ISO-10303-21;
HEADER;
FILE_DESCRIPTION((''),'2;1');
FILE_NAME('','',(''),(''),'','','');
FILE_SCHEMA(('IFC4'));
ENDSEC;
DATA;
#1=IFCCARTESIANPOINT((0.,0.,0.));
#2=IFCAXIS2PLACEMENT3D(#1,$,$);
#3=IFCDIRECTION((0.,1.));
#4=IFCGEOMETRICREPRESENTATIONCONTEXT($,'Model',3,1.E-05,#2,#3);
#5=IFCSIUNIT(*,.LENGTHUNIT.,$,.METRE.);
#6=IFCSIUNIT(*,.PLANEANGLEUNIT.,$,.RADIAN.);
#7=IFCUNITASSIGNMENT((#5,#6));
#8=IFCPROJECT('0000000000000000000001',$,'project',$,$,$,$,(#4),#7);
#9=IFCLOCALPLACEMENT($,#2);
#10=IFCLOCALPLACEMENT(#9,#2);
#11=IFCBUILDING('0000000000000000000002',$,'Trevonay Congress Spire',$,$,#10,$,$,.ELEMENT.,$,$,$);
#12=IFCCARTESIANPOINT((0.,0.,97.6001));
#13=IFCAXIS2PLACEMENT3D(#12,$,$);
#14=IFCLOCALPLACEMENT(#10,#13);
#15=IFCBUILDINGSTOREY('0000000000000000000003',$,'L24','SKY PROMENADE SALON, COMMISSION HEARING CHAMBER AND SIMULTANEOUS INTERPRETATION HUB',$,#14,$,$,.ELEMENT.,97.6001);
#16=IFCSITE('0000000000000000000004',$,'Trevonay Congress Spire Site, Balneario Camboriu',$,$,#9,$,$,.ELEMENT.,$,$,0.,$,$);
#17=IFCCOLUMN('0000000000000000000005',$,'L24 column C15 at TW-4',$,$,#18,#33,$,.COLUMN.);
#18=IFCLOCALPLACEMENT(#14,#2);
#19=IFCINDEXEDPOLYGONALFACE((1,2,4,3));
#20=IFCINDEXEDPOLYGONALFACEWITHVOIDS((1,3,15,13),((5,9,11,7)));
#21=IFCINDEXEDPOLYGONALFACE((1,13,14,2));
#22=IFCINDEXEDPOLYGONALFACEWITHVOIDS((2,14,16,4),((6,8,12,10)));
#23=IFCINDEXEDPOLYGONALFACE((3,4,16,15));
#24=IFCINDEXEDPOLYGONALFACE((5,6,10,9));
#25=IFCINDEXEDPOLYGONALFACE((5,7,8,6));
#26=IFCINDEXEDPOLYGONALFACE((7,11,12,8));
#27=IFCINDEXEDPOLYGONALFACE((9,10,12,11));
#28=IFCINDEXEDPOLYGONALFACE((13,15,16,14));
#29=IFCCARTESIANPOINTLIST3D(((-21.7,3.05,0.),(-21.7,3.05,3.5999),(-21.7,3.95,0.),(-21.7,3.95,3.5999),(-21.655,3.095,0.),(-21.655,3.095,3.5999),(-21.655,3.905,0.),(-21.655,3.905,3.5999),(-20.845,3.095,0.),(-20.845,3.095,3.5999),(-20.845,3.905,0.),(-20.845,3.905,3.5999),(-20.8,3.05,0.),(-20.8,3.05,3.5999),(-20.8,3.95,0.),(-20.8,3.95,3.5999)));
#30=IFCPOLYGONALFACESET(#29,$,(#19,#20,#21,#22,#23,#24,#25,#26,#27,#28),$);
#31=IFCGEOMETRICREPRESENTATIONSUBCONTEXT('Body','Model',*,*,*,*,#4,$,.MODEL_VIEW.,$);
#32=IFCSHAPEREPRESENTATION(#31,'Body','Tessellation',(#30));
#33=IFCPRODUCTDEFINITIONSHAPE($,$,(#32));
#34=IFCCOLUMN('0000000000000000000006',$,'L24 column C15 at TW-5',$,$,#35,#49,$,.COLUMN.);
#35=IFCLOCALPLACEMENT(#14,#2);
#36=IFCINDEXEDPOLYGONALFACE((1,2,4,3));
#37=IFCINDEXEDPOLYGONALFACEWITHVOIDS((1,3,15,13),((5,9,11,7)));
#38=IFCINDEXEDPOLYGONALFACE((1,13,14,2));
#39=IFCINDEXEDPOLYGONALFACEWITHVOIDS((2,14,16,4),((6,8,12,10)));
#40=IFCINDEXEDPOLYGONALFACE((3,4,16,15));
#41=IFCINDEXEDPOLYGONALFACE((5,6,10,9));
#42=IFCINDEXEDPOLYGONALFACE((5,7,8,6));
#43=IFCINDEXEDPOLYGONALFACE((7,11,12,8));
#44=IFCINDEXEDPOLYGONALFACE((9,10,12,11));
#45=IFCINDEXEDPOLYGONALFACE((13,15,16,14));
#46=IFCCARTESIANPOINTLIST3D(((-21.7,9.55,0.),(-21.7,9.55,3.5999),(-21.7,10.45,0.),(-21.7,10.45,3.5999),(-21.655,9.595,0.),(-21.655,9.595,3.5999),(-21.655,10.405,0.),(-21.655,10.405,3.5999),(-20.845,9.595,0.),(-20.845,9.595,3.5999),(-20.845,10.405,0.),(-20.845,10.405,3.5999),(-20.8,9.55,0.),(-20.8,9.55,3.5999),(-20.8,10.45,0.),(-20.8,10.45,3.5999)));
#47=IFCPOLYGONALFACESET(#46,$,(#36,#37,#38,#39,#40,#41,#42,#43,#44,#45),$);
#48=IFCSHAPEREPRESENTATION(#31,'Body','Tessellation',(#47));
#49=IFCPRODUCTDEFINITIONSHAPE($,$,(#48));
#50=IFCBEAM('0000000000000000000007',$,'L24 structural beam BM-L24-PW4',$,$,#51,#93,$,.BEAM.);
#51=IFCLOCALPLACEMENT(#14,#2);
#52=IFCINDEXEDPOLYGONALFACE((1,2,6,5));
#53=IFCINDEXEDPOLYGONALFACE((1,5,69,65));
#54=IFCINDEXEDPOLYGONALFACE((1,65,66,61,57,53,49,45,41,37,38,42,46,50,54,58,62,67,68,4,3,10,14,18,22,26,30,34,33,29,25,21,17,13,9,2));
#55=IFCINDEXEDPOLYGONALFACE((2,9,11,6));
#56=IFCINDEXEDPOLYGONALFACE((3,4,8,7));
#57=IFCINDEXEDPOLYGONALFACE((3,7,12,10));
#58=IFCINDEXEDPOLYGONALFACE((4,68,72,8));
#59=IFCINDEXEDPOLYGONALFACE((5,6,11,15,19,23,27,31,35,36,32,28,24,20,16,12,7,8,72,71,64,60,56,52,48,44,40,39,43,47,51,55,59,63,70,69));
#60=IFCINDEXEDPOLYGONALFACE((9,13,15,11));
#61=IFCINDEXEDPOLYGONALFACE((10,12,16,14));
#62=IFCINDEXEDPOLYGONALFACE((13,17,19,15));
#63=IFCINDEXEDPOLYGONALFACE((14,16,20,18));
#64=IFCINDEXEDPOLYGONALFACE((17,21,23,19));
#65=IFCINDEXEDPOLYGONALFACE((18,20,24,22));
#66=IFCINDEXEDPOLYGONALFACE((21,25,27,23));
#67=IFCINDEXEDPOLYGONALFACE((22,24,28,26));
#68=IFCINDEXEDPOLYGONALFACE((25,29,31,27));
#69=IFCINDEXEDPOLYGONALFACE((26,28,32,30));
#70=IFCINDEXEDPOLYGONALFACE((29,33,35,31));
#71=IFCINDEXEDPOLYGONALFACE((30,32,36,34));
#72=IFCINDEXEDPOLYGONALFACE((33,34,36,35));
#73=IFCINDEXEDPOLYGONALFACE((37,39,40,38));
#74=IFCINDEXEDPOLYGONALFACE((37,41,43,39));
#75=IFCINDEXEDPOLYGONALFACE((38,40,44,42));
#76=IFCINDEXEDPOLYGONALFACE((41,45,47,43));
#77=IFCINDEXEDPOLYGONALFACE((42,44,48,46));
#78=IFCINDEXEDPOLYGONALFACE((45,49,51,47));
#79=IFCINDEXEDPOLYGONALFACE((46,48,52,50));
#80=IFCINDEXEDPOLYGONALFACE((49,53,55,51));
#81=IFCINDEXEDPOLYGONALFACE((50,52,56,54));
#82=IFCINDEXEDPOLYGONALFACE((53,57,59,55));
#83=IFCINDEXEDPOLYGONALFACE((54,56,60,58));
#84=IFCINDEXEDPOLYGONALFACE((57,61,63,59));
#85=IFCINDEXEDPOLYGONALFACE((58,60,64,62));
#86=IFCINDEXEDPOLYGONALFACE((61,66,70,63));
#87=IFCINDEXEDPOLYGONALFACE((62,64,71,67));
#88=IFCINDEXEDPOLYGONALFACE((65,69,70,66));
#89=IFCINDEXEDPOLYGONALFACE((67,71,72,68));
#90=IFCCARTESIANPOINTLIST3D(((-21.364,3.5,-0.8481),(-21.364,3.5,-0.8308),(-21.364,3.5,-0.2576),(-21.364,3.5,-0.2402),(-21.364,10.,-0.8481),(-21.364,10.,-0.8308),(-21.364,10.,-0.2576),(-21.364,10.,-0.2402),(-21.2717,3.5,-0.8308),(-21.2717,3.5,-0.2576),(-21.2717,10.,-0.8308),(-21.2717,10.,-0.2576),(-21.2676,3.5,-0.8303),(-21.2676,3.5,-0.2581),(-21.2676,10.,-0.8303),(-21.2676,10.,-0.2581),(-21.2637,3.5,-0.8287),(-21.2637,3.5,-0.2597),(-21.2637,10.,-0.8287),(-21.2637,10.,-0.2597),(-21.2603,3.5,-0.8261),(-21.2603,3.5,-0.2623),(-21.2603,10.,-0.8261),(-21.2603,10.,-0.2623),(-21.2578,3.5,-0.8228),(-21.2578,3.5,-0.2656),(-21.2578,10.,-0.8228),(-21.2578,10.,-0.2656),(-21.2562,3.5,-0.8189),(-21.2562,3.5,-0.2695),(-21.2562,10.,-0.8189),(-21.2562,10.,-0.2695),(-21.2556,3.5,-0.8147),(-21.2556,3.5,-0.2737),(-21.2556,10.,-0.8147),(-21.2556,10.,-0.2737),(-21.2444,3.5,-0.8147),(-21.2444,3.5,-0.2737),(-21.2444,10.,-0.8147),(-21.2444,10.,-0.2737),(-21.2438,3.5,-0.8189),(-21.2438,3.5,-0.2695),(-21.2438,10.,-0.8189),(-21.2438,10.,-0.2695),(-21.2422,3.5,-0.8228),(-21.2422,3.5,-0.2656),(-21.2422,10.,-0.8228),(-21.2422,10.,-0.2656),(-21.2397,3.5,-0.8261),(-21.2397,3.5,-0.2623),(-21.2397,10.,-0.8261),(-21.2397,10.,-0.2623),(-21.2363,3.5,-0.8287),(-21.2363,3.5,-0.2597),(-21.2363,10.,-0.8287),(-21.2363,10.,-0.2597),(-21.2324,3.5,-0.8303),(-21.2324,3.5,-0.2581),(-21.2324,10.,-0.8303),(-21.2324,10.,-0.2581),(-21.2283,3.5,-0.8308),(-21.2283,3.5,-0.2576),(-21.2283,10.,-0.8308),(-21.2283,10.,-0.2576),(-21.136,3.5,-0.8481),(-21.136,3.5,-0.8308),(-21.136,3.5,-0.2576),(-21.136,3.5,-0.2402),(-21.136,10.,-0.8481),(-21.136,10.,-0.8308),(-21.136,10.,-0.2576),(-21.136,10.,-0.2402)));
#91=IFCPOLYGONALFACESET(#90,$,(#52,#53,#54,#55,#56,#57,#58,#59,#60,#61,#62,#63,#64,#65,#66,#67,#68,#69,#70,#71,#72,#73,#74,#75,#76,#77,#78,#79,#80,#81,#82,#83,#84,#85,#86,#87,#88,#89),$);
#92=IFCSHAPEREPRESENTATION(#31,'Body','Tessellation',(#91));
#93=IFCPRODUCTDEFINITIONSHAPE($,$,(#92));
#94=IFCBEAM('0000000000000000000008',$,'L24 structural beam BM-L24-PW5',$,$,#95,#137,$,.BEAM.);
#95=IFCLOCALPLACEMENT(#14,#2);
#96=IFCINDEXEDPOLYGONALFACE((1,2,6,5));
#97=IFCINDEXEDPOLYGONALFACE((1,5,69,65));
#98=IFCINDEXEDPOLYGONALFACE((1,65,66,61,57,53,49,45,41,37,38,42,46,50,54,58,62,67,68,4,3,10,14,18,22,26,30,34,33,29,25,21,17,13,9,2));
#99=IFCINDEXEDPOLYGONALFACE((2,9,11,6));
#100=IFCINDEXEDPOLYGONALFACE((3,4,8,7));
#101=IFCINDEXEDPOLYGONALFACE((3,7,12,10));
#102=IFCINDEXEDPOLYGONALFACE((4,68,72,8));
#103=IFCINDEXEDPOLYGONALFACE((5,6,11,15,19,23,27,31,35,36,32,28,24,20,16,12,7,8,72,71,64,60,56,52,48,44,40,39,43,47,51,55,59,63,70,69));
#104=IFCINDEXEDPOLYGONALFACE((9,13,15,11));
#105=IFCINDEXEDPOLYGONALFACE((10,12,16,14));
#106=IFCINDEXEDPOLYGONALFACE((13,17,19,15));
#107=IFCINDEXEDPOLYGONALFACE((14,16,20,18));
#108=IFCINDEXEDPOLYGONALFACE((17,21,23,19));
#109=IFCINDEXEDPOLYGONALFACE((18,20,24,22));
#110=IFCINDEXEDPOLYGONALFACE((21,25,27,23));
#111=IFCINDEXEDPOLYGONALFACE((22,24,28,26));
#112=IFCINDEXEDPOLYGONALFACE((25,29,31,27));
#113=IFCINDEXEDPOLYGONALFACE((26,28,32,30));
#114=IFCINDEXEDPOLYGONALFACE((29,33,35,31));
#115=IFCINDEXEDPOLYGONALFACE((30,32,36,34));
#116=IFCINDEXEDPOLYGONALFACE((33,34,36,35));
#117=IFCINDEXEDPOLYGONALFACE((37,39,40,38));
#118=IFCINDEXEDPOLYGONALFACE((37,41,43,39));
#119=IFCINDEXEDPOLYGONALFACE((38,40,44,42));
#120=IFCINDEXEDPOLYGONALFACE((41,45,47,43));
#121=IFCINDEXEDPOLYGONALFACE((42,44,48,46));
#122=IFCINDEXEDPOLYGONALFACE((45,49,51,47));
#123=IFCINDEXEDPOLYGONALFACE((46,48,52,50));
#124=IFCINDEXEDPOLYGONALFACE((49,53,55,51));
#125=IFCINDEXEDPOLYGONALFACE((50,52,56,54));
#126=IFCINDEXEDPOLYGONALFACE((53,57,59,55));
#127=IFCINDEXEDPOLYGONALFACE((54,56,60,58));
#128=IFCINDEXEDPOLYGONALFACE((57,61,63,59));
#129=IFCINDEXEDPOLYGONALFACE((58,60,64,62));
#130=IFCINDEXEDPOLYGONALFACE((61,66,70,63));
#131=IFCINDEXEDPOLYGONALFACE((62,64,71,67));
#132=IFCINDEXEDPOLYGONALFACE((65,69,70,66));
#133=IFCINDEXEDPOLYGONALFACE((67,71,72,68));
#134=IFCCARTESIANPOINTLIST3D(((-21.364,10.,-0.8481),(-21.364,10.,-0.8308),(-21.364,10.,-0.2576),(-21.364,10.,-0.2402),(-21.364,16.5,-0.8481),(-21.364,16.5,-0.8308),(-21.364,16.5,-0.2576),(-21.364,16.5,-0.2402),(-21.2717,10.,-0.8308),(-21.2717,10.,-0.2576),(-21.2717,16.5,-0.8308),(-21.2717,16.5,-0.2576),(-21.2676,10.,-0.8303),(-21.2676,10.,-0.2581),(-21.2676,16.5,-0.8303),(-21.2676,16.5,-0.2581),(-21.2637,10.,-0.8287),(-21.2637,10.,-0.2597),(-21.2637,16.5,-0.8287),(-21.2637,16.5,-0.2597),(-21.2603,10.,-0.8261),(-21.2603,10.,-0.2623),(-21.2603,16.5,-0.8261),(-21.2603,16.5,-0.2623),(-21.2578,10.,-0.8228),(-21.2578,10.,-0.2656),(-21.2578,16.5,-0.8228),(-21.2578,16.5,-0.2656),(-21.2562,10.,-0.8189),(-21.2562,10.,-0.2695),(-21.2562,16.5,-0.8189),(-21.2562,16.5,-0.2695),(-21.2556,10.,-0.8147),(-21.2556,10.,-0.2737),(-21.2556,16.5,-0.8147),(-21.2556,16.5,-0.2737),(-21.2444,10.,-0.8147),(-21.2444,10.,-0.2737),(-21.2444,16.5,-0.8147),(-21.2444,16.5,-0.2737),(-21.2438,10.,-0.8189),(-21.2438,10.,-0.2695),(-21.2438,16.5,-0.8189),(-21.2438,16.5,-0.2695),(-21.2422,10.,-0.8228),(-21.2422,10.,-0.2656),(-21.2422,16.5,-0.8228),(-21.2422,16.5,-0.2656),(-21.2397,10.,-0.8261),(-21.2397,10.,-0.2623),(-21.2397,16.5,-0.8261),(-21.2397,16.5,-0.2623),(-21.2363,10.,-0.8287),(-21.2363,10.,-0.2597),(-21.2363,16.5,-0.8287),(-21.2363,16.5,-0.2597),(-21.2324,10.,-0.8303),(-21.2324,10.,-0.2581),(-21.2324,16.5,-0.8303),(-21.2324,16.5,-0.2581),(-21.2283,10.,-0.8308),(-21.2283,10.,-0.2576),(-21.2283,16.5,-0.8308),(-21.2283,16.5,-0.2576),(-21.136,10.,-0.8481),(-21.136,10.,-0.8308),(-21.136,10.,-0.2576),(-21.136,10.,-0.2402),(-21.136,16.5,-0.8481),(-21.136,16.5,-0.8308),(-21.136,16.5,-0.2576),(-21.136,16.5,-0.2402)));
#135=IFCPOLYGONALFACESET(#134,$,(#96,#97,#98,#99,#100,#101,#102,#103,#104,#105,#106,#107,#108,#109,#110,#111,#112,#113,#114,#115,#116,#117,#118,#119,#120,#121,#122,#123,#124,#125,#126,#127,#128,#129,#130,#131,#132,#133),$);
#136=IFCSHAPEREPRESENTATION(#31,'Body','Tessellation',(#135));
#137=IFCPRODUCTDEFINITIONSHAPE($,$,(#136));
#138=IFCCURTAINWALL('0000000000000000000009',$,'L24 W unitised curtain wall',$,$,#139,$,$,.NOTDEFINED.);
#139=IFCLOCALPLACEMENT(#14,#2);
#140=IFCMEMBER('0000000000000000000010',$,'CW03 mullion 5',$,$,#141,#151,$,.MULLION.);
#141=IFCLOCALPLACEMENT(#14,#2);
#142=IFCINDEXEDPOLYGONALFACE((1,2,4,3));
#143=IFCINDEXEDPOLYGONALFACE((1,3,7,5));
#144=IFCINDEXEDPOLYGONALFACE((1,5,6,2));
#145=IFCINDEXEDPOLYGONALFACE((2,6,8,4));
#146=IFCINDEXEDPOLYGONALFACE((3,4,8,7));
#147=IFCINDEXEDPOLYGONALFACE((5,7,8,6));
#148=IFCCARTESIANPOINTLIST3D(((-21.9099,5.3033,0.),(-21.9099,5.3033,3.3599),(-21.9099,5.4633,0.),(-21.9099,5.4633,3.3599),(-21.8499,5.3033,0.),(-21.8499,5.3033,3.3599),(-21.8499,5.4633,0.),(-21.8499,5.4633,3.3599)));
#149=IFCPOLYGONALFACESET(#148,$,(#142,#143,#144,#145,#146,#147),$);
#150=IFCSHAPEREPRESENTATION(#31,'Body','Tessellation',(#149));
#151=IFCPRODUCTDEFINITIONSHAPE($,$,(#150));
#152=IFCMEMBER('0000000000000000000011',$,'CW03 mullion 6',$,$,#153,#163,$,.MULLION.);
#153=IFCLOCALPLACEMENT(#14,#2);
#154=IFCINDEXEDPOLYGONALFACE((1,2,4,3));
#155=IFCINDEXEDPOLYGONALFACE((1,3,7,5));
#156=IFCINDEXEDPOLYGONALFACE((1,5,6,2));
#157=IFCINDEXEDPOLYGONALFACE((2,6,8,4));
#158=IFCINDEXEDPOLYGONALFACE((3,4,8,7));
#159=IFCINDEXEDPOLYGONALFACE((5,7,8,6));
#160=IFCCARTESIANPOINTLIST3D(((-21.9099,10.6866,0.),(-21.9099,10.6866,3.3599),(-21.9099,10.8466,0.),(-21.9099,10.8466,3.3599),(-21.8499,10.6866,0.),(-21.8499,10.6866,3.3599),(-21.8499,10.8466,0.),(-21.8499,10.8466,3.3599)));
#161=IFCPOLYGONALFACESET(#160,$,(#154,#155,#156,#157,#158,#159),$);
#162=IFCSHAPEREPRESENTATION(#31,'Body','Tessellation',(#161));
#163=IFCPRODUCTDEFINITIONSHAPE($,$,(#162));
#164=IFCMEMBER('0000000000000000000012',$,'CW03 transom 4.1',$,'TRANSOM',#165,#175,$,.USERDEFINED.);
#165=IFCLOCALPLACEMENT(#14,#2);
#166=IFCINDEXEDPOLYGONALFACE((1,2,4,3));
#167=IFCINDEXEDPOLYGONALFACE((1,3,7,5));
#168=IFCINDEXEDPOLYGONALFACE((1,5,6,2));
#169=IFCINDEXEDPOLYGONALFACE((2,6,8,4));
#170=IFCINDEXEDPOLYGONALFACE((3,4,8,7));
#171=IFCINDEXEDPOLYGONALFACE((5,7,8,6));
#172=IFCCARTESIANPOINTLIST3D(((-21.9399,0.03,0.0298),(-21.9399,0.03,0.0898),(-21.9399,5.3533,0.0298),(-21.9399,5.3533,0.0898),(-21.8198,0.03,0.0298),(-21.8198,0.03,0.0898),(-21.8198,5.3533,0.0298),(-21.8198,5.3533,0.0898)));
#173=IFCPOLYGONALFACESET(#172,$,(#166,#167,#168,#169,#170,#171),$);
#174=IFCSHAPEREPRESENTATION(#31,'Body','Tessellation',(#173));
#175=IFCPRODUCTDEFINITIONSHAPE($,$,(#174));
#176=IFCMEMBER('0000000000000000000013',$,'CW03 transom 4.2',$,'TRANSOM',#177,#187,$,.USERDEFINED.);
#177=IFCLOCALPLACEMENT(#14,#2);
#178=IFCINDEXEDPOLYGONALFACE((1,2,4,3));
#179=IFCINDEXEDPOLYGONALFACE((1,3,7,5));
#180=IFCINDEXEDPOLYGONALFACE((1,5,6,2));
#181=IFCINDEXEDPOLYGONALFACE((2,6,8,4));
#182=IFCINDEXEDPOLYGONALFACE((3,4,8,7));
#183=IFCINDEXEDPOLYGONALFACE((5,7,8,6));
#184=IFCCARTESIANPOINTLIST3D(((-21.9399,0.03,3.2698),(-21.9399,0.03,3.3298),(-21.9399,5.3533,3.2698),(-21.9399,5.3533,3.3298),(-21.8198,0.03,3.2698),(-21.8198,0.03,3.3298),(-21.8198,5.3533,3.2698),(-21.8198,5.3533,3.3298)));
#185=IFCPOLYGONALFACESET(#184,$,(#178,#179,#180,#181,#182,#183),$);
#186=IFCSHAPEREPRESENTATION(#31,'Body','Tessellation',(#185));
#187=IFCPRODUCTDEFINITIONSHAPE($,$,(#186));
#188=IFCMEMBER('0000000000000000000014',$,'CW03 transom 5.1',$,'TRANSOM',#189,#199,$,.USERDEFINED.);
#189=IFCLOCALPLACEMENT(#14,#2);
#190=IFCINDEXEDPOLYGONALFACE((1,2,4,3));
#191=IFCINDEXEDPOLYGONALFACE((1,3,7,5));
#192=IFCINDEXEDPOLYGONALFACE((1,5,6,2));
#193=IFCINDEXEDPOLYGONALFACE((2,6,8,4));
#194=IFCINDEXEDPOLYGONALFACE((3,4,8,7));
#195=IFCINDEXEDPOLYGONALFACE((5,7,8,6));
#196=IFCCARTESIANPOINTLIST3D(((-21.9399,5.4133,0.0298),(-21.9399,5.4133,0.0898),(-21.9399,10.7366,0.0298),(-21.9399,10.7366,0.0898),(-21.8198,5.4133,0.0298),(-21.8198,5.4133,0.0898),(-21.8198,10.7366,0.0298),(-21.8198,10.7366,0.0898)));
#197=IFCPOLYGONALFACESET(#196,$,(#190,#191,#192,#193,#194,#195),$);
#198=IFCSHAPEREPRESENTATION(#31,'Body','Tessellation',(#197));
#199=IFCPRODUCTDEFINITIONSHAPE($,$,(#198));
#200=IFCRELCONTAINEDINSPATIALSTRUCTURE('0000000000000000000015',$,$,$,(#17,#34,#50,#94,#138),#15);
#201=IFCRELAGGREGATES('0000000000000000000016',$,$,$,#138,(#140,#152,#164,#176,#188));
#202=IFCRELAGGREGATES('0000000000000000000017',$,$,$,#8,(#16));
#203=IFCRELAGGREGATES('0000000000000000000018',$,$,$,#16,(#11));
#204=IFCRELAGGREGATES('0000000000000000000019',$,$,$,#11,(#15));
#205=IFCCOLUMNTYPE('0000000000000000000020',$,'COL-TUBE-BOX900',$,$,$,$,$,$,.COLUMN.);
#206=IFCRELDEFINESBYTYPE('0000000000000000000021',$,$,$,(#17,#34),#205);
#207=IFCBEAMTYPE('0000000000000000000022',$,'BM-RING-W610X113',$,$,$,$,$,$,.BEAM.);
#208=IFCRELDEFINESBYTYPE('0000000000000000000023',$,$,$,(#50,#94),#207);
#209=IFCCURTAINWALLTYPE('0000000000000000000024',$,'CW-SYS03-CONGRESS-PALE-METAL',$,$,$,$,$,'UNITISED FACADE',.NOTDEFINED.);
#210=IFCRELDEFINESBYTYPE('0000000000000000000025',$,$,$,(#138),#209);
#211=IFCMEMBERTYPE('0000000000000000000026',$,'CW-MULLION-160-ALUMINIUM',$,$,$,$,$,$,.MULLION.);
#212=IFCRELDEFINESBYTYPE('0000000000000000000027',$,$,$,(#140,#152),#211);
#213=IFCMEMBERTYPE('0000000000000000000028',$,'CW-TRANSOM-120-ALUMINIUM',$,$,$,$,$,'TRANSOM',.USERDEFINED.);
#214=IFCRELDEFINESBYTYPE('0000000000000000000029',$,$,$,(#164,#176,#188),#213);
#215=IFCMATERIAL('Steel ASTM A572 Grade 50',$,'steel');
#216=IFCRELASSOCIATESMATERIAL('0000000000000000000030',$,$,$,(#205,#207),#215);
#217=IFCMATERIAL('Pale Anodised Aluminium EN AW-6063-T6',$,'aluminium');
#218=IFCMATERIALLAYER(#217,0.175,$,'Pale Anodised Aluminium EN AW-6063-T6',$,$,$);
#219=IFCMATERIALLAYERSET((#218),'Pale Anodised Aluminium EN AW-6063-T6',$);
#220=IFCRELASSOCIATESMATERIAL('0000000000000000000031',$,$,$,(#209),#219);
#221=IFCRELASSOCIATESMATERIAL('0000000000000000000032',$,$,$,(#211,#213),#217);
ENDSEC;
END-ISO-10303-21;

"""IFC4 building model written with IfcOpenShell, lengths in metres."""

from ifc_helpers import new_model, si_unit, direction, frame, origin, origin_2d, place, context, subcontext, project, spatial, rectangle, hollow_rectangle, i_section, extrude, material, layer, layer_set, material_profile, profile_set, type_object, element, aggregate, save


model = new_model("IFC4")

# Units and contexts
model_context = context("Model", 3, precision=1e-05, world=origin(), true_north=direction((0.0, 1.0)))
body_context = subcontext(model_context, "Body", "Model", "MODEL_VIEW")
ifc_project = project(units=[si_unit("LENGTHUNIT", "METRE"), si_unit("PLANEANGLEUNIT", "RADIAN")], contexts=[model_context])

# Site, building, storey
site_placement = place(None, origin())
site = spatial("IfcSite", under=ifc_project, at=site_placement, Name="Trevonay Congress Spire Site, Balneario Camboriu", CompositionType="ELEMENT", RefElevation=0.0)
building_placement = place(site_placement, origin())
building = spatial("IfcBuilding", under=site, at=building_placement, Name="Trevonay Congress Spire", CompositionType="ELEMENT")
storey_placement = place(building_placement, frame((0.0, 0.0, 97.6001)))
storey = spatial("IfcBuildingStorey", under=building, at=storey_placement, Name="L24", Description="SKY PROMENADE SALON, COMMISSION HEARING CHAMBER AND SIMULTANEOUS INTERPRETATION HUB", CompositionType="ELEMENT", Elevation=97.6001)

# Columns
ifc_material_1 = material(Name="Steel ASTM A572 Grade 50", Category="steel")
ifc_material_profile_1 = material_profile(ifc_material_1, hollow_rectangle(XDim=0.8999, YDim=0.8999, WallThickness=0.0449, at=origin_2d()), Name="BOX 900x900x45")
ifc_profile_set_1 = profile_set([ifc_material_profile_1], Name="Steel ASTM A572 Grade 50")
column_type = type_object("IfcColumnType", Name="COL-TUBE-BOX900", PredefinedType="COLUMN", material=ifc_profile_set_1)
for number, where, z_axis, x_axis, name in (
    (1, (-21.25, 3.5, 0.0), (0.0, 0.0, 1.0), (1.0, 0.0, 0.0), "L24 column C15 at TW-4"),
    (2, (-21.25, 10.0, 0.0), (0.0, 0.0, 1.0), (1.0, 0.0, 0.0), "L24 column C15 at TW-5"),
):
    element("IfcColumn", number, at=place(storey_placement, frame(where, z_axis=z_axis, x_axis=x_axis)), inside=storey, type_object=column_type, Name=name, PredefinedType="COLUMN", context=body_context, shape_type="SweptSolid", body=[
        extrude(hollow_rectangle(XDim=0.8999, YDim=0.8999, WallThickness=0.0449, at=origin_2d()), origin(), (0.0, 0.0, 1.0), 3.5999),
    ])

# Beams
ifc_material_profile_2 = material_profile(ifc_material_1, i_section(OverallWidth=0.228, OverallDepth=0.6079, WebThickness=0.0112, FlangeThickness=0.0173, FilletRadius=0.0161, at=origin_2d()), Name="W610x113")
ifc_profile_set_2 = profile_set([ifc_material_profile_2], Name="Steel ASTM A572 Grade 50")
beam_type_1 = type_object("IfcBeamType", Name="BM-RING-W610X113", PredefinedType="BEAM", material=ifc_profile_set_2)
for number, where, z_axis, x_axis, name in (
    (3, (-21.25, 3.5, -0.5442), (0.0, 1.0, 0.0), (-1.0, 0.0, 0.0), "L24 structural beam BM-L24-PW4"),
    (4, (-21.25, 10.0, -0.5442), (0.0, 1.0, 0.0), (-1.0, 0.0, 0.0), "L24 structural beam BM-L24-PW5"),
):
    element("IfcBeam", number, at=place(storey_placement, frame(where, z_axis=z_axis, x_axis=x_axis)), inside=storey, type_object=beam_type_1, Name=name, PredefinedType="BEAM", context=body_context, shape_type="SweptSolid", body=[
        extrude(i_section(OverallWidth=0.228, OverallDepth=0.6079, WebThickness=0.0112, FlangeThickness=0.0173, FilletRadius=0.0161, at=origin_2d()), origin(), (0.0, 0.0, 1.0), 6.5),
    ])

# Curtain wall, members
ifc_material_2 = material(Name="Pale Anodised Aluminium EN AW-6063-T6", Category="aluminium")
ifc_layer_1 = layer(ifc_material_2, 0.175, Name="Pale Anodised Aluminium EN AW-6063-T6")
ifc_layer_set_1 = layer_set([ifc_layer_1], Name="Pale Anodised Aluminium EN AW-6063-T6")
curtain_wall_type = type_object("IfcCurtainWallType", Name="CW-SYS03-CONGRESS-PALE-METAL", ElementType="UNITISED FACADE", PredefinedType="NOTDEFINED", material=ifc_layer_set_1)
curtain_wall_placement = place(storey_placement, origin())
curtain_wall = element("IfcCurtainWall", 5, at=curtain_wall_placement, inside=storey, type_object=curtain_wall_type, Name="L24 W unitised curtain wall", PredefinedType="NOTDEFINED")
ifc_material_profile_3 = material_profile(ifc_material_2, rectangle(XDim=0.0601, YDim=0.1599, at=origin_2d()), Name="CW-MULLION-160-ALUMINIUM")
ifc_profile_set_3 = profile_set([ifc_material_profile_3], Name="Pale Anodised Aluminium EN AW-6063-T6")
member_type_1 = type_object("IfcMemberType", Name="CW-MULLION-160-ALUMINIUM", PredefinedType="MULLION", material=ifc_profile_set_3)
member_1_placement = place(storey_placement, frame((-21.8799, 5.3833, 0.0), z_axis=(0.0, 0.0, 1.0), x_axis=(-1.0, 0.0, 0.0)))
member_1 = element("IfcMember", 6, at=member_1_placement, type_object=member_type_1, Name="CW03 mullion 5", PredefinedType="MULLION", context=body_context, shape_type="SweptSolid", body=[
    extrude(rectangle(XDim=0.0601, YDim=0.1599, at=origin_2d()), origin(), (0.0, 0.0, 1.0), 3.3599),
])
member_2_placement = place(storey_placement, frame((-21.8799, 10.7666, 0.0), z_axis=(0.0, 0.0, 1.0), x_axis=(-1.0, 0.0, 0.0)))
member_2 = element("IfcMember", 7, at=member_2_placement, type_object=member_type_1, Name="CW03 mullion 6", PredefinedType="MULLION", context=body_context, shape_type="SweptSolid", body=[
    extrude(rectangle(XDim=0.0601, YDim=0.1599, at=origin_2d()), origin(), (0.0, 0.0, 1.0), 3.3599),
])
ifc_material_profile_4 = material_profile(ifc_material_2, rectangle(XDim=0.1201, YDim=0.0601, at=origin_2d()), Name="CW-TRANSOM-120-ALUMINIUM")
ifc_profile_set_4 = profile_set([ifc_material_profile_4], Name="Pale Anodised Aluminium EN AW-6063-T6")
member_type_2 = type_object("IfcMemberType", Name="CW-TRANSOM-120-ALUMINIUM", ElementType="TRANSOM", PredefinedType="USERDEFINED", material=ifc_profile_set_4)
member_3_placement = place(storey_placement, frame((-21.8799, 0.03, 0.0598), z_axis=(0.0, 1.0, 0.0), x_axis=(-1.0, 0.0, 0.0)))
member_3 = element("IfcMember", 8, at=member_3_placement, type_object=member_type_2, Name="CW03 transom 4.1", ObjectType="TRANSOM", PredefinedType="USERDEFINED", context=body_context, shape_type="SweptSolid", body=[
    extrude(rectangle(XDim=0.1201, YDim=0.0601, at=origin_2d()), origin(), (0.0, 0.0, 1.0), 5.3232),
])
member_4_placement = place(storey_placement, frame((-21.8799, 0.03, 3.2998), z_axis=(0.0, 1.0, 0.0), x_axis=(-1.0, 0.0, 0.0)))
member_4 = element("IfcMember", 9, at=member_4_placement, type_object=member_type_2, Name="CW03 transom 4.2", ObjectType="TRANSOM", PredefinedType="USERDEFINED", context=body_context, shape_type="SweptSolid", body=[
    extrude(rectangle(XDim=0.1201, YDim=0.0601, at=origin_2d()), origin(), (0.0, 0.0, 1.0), 5.3232),
])
member_5_placement = place(storey_placement, frame((-21.8799, 5.4133, 0.0598), z_axis=(0.0, 1.0, 0.0), x_axis=(-1.0, 0.0, 0.0)))
member_5 = element("IfcMember", 10, at=member_5_placement, type_object=member_type_2, Name="CW03 transom 5.1", ObjectType="TRANSOM", PredefinedType="USERDEFINED", context=body_context, shape_type="SweptSolid", body=[
    extrude(rectangle(XDim=0.1201, YDim=0.0601, at=origin_2d()), origin(), (0.0, 0.0, 1.0), 5.3232),
])

aggregate(curtain_wall, [member_1, member_2, member_3, member_4, member_5])

save(model, "model.ifc")
